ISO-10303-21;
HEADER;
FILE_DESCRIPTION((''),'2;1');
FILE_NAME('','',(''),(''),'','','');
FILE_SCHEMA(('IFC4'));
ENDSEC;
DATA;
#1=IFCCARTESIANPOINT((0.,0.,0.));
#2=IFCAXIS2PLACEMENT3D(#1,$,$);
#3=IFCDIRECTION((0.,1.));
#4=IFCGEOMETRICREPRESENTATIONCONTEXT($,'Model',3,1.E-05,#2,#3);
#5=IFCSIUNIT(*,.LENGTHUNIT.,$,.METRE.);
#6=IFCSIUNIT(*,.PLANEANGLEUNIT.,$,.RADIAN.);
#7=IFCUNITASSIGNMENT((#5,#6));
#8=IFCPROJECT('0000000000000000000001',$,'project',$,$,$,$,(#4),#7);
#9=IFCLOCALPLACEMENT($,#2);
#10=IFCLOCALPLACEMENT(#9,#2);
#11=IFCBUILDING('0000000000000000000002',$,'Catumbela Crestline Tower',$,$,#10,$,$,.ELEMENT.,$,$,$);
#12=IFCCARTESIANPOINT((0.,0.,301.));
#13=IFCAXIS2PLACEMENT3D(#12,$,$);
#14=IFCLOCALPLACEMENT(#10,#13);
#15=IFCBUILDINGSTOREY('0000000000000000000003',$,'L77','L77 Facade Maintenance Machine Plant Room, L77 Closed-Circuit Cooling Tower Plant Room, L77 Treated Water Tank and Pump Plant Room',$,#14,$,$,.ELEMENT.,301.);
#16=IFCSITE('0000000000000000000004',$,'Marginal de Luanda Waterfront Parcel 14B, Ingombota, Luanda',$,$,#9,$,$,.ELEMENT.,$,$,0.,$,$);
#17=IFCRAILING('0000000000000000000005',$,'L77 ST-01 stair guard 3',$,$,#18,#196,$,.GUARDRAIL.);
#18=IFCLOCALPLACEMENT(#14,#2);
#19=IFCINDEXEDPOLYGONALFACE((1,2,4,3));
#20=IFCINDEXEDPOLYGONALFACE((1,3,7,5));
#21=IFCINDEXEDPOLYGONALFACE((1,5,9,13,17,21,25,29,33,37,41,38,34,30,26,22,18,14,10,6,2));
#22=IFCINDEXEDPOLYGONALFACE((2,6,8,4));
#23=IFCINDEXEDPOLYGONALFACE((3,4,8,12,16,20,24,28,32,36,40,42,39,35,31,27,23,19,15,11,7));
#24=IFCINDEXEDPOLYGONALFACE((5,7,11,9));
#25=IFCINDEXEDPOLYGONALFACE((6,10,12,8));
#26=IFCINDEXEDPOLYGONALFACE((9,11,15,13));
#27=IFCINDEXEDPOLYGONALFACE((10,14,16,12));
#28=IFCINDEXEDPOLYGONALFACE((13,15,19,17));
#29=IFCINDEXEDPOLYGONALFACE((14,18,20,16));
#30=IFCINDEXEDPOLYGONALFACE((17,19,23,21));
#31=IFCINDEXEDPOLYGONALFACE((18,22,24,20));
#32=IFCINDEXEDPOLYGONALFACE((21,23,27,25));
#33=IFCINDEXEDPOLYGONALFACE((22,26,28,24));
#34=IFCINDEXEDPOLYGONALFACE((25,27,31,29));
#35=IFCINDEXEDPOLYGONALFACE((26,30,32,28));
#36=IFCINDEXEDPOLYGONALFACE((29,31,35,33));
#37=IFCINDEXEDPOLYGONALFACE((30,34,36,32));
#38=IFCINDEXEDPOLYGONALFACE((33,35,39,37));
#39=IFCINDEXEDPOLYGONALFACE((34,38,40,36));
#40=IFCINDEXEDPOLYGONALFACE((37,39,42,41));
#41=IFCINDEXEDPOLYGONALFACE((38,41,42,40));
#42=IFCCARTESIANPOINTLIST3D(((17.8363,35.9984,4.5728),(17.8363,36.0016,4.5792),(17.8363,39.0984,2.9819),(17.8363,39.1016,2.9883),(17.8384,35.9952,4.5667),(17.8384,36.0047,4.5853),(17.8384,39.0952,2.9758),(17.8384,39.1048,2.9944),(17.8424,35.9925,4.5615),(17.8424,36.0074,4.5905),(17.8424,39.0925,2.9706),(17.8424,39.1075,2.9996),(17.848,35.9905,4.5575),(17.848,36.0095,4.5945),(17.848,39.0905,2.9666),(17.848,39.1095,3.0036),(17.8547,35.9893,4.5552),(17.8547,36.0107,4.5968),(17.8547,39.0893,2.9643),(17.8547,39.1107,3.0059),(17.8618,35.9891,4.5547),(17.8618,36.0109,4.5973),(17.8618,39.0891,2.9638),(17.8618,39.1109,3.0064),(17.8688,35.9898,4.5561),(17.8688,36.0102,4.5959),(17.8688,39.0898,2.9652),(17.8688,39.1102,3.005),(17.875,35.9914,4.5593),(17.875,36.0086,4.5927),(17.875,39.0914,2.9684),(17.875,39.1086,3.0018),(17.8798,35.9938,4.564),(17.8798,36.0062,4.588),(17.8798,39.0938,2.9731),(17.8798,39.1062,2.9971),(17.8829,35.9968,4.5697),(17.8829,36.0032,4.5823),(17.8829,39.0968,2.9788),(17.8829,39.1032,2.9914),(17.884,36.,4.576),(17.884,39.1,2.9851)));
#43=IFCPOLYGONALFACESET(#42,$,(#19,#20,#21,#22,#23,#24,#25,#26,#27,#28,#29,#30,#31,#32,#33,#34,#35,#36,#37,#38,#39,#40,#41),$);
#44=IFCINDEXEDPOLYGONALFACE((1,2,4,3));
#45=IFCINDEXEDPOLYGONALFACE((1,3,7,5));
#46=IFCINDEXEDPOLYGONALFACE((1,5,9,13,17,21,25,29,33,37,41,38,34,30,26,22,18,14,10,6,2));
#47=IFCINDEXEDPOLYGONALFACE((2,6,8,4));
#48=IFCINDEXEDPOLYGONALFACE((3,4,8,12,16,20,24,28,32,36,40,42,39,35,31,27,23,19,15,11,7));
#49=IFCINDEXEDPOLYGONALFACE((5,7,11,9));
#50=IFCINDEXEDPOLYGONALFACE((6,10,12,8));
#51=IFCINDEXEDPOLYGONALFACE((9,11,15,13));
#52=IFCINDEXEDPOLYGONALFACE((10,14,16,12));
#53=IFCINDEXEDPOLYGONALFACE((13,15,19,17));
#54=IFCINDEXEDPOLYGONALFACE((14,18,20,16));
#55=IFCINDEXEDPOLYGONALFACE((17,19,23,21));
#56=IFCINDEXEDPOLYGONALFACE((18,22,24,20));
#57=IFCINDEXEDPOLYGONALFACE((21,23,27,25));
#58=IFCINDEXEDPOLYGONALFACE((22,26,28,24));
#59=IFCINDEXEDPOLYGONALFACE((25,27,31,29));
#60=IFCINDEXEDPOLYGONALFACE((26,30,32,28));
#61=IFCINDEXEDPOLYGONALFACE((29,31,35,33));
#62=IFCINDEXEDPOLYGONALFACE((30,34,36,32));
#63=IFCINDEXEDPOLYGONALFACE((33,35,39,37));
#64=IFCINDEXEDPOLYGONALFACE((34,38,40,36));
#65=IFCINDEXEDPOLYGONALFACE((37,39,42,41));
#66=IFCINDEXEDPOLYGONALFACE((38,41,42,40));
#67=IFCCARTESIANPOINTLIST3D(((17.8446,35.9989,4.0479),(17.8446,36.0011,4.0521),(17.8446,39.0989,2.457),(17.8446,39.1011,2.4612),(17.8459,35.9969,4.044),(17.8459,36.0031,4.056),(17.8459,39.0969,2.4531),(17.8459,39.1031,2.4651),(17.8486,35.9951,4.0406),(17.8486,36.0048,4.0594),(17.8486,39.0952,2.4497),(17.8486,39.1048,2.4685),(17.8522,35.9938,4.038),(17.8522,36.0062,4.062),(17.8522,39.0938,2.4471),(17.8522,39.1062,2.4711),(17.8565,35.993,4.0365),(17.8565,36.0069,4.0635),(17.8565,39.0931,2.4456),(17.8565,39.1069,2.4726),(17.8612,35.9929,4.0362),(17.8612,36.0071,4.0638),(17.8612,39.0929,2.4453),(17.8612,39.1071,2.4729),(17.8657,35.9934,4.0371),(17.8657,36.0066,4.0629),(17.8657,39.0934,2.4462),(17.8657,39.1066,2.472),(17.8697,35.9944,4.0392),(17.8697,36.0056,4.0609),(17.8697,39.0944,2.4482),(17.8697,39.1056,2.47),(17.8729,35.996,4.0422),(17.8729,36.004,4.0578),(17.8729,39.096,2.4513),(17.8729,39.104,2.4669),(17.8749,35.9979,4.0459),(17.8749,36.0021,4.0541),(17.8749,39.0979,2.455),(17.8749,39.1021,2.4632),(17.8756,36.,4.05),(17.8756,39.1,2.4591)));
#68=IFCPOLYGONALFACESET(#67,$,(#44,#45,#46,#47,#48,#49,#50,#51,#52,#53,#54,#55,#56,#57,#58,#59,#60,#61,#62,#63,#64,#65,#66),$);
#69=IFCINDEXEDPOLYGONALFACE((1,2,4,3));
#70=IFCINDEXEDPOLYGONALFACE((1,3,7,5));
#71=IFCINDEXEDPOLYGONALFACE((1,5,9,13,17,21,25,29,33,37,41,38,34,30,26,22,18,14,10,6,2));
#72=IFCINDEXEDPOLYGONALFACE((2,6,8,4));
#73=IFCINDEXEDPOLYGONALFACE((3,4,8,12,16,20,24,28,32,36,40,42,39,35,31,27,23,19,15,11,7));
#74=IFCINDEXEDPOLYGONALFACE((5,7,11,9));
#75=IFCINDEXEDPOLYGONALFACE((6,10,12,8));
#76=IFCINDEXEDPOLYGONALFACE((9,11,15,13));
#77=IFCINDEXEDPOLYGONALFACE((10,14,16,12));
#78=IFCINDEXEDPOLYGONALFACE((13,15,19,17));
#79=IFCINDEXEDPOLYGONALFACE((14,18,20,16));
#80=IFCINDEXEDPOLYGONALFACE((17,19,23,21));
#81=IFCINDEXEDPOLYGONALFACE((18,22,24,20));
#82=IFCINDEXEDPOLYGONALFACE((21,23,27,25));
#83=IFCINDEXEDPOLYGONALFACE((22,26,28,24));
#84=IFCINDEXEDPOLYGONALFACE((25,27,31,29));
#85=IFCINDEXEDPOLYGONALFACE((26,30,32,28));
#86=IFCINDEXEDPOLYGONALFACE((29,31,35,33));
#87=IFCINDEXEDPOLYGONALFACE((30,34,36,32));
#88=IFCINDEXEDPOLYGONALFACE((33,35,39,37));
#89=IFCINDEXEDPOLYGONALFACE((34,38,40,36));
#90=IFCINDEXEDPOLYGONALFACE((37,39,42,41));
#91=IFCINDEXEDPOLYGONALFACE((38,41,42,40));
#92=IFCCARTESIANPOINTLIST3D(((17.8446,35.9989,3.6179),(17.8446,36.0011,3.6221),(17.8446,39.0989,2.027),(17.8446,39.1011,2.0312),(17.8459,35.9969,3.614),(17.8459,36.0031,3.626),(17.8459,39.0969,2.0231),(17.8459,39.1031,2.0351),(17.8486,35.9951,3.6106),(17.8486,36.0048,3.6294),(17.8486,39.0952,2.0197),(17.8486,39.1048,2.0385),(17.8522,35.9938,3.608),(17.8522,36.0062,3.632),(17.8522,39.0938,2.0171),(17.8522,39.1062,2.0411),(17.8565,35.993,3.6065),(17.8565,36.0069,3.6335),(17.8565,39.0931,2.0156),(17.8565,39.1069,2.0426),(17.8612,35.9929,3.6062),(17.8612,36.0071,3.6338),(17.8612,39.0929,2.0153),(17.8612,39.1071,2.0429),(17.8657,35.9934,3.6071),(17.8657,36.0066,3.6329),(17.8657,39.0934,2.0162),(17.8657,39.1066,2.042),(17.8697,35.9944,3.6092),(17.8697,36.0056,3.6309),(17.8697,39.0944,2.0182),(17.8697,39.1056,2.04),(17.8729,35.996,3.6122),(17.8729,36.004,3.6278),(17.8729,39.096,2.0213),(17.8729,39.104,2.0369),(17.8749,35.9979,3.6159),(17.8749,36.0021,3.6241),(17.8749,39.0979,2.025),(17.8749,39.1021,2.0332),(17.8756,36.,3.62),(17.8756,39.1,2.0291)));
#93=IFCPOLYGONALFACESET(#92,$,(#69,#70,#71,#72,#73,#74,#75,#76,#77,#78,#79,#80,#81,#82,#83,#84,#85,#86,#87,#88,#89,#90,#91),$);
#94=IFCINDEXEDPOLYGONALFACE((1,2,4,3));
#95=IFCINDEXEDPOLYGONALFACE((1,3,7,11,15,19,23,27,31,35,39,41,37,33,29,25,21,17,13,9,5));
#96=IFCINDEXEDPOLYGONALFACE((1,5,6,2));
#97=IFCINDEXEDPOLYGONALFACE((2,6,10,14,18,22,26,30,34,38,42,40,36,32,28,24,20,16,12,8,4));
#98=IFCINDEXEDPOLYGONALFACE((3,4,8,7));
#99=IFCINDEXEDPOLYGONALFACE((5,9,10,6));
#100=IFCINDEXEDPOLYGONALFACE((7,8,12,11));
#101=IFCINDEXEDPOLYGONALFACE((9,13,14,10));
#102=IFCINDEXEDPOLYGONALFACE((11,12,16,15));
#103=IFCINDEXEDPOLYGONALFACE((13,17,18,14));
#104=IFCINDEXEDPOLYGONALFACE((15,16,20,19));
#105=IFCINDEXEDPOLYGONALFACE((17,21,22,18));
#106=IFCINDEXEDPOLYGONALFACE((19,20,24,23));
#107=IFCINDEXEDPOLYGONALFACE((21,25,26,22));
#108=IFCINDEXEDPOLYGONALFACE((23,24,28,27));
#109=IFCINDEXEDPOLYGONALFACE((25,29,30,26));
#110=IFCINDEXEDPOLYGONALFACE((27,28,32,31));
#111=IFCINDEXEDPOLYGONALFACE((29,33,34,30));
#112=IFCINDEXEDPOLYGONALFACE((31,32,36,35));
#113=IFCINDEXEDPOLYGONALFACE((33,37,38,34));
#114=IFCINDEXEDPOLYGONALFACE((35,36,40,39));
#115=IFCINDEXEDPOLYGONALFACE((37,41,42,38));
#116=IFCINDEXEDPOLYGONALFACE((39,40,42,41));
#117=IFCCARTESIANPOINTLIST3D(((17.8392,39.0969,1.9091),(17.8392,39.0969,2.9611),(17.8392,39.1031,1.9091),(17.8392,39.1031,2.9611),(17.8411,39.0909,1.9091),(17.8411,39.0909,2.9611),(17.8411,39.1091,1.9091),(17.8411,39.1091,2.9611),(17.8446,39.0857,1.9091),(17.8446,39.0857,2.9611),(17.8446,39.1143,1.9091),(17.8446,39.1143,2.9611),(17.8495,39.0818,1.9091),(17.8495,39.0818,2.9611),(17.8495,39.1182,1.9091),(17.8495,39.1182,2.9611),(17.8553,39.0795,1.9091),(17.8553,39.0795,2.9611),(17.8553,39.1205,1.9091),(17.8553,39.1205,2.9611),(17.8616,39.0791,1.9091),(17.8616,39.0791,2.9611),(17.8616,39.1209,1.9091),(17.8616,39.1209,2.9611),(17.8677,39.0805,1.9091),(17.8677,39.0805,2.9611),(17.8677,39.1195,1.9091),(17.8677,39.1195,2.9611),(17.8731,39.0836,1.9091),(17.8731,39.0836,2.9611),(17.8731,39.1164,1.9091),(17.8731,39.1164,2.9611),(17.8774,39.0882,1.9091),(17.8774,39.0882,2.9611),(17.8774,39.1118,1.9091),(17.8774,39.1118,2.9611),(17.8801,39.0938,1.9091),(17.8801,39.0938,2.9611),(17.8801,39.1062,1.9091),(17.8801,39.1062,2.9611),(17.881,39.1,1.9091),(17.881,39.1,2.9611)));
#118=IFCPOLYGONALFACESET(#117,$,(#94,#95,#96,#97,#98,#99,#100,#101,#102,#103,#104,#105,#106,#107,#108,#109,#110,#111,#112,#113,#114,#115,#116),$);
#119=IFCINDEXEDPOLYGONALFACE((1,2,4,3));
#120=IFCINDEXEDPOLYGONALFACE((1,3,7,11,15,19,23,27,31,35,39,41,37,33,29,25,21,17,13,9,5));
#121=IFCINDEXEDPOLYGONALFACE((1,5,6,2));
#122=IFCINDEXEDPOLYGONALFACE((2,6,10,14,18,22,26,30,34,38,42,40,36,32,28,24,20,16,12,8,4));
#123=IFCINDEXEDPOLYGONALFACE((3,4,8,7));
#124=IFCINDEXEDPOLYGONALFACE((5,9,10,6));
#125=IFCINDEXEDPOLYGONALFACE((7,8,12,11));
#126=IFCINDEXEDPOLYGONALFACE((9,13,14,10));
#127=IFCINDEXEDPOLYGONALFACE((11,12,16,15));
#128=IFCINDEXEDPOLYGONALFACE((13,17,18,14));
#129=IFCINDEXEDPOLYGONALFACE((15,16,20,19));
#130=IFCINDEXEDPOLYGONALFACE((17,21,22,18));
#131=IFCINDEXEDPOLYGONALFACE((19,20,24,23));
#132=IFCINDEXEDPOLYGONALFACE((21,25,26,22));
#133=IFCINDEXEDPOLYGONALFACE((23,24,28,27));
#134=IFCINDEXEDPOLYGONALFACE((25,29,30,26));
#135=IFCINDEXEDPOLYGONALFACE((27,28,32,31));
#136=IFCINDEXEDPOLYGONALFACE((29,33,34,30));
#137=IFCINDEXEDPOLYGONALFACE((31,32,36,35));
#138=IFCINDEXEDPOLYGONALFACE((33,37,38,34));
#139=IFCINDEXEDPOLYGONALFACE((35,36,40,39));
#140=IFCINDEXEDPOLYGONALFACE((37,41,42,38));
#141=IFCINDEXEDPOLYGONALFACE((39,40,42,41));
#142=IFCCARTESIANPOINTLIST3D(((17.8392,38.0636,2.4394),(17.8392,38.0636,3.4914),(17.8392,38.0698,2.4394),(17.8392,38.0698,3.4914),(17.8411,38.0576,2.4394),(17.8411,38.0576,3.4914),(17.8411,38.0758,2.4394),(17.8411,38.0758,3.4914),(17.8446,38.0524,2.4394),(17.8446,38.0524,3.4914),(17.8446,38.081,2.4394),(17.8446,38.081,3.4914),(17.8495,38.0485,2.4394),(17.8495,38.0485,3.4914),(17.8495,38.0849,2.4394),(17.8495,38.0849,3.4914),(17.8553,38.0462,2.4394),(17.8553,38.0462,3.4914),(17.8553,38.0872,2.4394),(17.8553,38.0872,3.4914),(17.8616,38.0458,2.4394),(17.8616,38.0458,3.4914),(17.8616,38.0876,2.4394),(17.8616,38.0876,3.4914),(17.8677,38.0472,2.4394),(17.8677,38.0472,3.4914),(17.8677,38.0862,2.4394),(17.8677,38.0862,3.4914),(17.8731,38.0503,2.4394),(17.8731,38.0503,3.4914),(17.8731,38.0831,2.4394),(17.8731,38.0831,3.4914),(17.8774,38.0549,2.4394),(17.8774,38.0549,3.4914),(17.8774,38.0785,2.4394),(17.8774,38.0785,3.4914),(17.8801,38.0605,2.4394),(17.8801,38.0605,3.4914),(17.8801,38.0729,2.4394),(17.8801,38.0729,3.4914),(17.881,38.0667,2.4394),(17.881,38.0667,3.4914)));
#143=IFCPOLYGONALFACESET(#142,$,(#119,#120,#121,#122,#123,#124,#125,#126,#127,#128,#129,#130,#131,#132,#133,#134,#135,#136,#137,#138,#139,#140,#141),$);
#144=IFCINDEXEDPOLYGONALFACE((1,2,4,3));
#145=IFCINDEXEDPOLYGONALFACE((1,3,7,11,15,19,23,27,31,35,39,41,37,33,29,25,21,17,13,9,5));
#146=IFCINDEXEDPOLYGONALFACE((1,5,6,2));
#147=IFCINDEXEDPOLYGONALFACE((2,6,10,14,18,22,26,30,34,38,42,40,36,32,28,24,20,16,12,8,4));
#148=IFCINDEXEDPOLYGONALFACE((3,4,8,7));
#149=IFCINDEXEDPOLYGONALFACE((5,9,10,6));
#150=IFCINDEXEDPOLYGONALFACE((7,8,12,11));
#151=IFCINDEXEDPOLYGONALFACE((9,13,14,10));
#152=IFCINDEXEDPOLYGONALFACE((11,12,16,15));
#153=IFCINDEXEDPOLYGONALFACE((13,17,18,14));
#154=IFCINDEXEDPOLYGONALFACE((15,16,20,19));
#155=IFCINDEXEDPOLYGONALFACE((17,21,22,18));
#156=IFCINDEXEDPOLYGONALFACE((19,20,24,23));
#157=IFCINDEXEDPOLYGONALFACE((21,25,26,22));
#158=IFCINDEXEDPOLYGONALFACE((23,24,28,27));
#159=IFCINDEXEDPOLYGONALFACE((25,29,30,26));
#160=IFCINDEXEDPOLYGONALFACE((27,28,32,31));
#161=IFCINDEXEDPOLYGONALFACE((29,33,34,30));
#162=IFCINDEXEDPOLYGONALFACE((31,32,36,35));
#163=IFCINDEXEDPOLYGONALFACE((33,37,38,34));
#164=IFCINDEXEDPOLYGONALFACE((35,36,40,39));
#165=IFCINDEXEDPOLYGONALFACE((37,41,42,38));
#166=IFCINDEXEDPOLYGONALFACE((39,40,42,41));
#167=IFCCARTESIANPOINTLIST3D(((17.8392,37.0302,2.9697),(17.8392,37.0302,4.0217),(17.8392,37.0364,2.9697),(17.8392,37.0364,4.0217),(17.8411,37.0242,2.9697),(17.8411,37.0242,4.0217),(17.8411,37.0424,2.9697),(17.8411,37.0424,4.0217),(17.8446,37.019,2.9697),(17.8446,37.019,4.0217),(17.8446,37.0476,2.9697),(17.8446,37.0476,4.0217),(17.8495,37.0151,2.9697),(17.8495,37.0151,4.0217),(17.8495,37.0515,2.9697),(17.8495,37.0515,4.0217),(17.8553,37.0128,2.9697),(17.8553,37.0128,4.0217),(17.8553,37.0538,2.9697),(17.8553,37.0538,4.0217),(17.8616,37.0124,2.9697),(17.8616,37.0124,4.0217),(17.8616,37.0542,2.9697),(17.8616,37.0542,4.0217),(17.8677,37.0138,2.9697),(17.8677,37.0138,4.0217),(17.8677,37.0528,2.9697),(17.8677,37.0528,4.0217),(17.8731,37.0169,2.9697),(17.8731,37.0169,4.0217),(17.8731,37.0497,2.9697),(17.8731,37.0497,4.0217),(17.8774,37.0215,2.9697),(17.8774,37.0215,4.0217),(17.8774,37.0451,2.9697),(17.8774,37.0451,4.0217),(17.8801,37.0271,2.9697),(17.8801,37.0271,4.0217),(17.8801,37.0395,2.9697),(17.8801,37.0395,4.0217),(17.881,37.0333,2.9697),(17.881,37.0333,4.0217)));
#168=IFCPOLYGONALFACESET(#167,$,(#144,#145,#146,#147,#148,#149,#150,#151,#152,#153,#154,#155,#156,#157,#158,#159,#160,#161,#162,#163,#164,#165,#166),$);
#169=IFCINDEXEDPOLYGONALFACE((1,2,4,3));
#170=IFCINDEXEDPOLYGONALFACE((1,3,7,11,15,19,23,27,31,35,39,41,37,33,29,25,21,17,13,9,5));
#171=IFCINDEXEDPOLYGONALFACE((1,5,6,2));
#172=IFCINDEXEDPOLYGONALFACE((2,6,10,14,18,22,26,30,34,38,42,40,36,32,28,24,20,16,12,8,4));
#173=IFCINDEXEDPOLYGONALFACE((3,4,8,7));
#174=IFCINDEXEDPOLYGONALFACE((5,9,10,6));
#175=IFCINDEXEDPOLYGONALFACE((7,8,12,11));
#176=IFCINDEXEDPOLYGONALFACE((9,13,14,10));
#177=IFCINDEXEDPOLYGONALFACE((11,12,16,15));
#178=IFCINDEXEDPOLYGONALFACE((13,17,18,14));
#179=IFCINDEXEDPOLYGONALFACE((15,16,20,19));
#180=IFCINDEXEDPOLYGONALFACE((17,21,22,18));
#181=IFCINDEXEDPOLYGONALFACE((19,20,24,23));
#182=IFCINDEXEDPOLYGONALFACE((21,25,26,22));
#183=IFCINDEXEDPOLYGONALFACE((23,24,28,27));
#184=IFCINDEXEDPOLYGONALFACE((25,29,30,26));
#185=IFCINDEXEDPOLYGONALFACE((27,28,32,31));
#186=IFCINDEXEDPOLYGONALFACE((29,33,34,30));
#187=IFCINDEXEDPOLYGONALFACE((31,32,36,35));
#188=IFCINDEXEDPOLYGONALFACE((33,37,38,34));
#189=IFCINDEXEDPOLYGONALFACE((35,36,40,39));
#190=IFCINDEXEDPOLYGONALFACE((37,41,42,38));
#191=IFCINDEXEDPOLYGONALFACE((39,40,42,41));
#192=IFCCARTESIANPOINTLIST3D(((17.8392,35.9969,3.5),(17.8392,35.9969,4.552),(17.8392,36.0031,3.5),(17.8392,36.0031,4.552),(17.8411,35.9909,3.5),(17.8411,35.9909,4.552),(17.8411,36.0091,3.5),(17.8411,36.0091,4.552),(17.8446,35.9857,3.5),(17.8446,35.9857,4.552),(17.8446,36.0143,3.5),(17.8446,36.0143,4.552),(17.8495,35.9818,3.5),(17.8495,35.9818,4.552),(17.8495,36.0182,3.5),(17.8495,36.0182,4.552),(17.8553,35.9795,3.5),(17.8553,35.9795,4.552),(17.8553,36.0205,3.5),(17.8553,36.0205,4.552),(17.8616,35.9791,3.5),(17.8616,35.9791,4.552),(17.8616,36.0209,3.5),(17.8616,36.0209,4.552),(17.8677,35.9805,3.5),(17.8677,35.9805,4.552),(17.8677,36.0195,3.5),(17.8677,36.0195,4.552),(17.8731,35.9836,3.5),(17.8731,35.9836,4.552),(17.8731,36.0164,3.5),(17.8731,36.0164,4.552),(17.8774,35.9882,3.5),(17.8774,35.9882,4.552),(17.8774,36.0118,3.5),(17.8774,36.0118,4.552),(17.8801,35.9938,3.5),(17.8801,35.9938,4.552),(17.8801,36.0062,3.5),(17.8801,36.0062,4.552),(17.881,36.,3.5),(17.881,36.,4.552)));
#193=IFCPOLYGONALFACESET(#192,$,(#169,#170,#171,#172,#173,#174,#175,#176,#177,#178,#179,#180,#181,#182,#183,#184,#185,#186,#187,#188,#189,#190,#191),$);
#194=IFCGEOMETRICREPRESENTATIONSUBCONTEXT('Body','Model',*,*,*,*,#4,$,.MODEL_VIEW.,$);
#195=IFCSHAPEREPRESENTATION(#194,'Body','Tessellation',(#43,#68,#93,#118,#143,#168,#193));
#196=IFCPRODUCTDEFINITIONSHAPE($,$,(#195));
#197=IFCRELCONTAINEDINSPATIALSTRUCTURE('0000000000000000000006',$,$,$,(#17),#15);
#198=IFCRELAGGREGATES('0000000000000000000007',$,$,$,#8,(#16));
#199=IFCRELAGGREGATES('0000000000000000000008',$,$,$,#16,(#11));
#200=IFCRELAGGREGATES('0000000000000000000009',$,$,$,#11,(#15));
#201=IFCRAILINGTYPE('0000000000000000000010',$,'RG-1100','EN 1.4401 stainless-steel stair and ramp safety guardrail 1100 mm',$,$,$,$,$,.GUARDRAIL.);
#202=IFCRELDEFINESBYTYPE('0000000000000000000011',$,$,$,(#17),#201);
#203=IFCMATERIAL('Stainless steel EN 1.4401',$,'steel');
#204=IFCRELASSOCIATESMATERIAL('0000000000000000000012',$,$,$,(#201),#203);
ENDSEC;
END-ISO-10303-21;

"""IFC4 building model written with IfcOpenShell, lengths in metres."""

from ifc_helpers import new_model, si_unit, direction, frame, origin, origin_2d, place, context, subcontext, project, spatial, circle, extrude, material, type_object, element, save


model = new_model("IFC4")

# Units and contexts
model_context = context("Model", 3, precision=1e-05, world=origin(), true_north=direction((0.0, 1.0)))
body_context = subcontext(model_context, "Body", "Model", "MODEL_VIEW")
ifc_project = project(units=[si_unit("LENGTHUNIT", "METRE"), si_unit("PLANEANGLEUNIT", "RADIAN")], contexts=[model_context])

# Site, building, storey
site_placement = place(None, origin())
site = spatial("IfcSite", under=ifc_project, at=site_placement, Name="Marginal de Luanda Waterfront Parcel 14B, Ingombota, Luanda", CompositionType="ELEMENT", RefElevation=0.0)
building_placement = place(site_placement, origin())
building = spatial("IfcBuilding", under=site, at=building_placement, Name="Catumbela Crestline Tower", CompositionType="ELEMENT")
storey_placement = place(building_placement, frame((0.0, 0.0, 301.0)))
storey = spatial("IfcBuildingStorey", under=building, at=storey_placement, Name="L77", Description="L77 Facade Maintenance Machine Plant Room, L77 Closed-Circuit Cooling Tower Plant Room, L77 Treated Water Tank and Pump Plant Room", CompositionType="ELEMENT", Elevation=301.0)

# Shared definitions
ifc_material_1 = material(Name="Stainless steel EN 1.4401", Category="steel")

# Railing
railing_type_1 = type_object("IfcRailingType", Name="RG-1100", Description="EN 1.4401 stainless-steel stair and ramp safety guardrail 1100 mm", PredefinedType="GUARDRAIL", material=ifc_material_1)
railing_1_placement = place(storey_placement, frame((17.86, 39.1, 1.9091)))
element("IfcRailing", 1, at=railing_1_placement, inside=storey, type_object=railing_type_1, Name="L77 ST-01 stair guard 3", PredefinedType="GUARDRAIL", context=body_context, shape_type="SweptSolid", body=[
    extrude(circle(Radius=0.024, at=origin_2d()), frame((0.0, 0.0, 1.076), z_axis=(0.0, -0.889683, 0.456579), x_axis=(1.0, 0.0, 0.0)), (0.0, 0.0, 1.0), 3.4844),
    extrude(circle(Radius=0.0156, at=origin_2d()), frame((0.0, 0.0, 0.55), z_axis=(0.0, -0.889683, 0.456579), x_axis=(1.0, 0.0, 0.0)), (0.0, 0.0, 1.0), 3.4844),
    extrude(circle(Radius=0.0156, at=origin_2d()), frame((0.0, 0.0, 0.12), z_axis=(0.0, -0.889683, 0.456579), x_axis=(1.0, 0.0, 0.0)), (0.0, 0.0, 1.0), 3.4844),
    extrude(circle(Radius=0.021, at=origin_2d()), origin(), (0.0, 0.0, 1.0), 1.052),
    extrude(circle(Radius=0.021, at=origin_2d()), frame((0.0, -1.0333, 0.5303)), (0.0, 0.0, 1.0), 1.052),
    extrude(circle(Radius=0.021, at=origin_2d()), frame((0.0, -2.0667, 1.0606)), (0.0, 0.0, 1.0), 1.052),
    extrude(circle(Radius=0.021, at=origin_2d()), frame((0.0, -3.1, 1.5909)), (0.0, 0.0, 1.0), 1.052),
])

save(model, "model.ifc")
